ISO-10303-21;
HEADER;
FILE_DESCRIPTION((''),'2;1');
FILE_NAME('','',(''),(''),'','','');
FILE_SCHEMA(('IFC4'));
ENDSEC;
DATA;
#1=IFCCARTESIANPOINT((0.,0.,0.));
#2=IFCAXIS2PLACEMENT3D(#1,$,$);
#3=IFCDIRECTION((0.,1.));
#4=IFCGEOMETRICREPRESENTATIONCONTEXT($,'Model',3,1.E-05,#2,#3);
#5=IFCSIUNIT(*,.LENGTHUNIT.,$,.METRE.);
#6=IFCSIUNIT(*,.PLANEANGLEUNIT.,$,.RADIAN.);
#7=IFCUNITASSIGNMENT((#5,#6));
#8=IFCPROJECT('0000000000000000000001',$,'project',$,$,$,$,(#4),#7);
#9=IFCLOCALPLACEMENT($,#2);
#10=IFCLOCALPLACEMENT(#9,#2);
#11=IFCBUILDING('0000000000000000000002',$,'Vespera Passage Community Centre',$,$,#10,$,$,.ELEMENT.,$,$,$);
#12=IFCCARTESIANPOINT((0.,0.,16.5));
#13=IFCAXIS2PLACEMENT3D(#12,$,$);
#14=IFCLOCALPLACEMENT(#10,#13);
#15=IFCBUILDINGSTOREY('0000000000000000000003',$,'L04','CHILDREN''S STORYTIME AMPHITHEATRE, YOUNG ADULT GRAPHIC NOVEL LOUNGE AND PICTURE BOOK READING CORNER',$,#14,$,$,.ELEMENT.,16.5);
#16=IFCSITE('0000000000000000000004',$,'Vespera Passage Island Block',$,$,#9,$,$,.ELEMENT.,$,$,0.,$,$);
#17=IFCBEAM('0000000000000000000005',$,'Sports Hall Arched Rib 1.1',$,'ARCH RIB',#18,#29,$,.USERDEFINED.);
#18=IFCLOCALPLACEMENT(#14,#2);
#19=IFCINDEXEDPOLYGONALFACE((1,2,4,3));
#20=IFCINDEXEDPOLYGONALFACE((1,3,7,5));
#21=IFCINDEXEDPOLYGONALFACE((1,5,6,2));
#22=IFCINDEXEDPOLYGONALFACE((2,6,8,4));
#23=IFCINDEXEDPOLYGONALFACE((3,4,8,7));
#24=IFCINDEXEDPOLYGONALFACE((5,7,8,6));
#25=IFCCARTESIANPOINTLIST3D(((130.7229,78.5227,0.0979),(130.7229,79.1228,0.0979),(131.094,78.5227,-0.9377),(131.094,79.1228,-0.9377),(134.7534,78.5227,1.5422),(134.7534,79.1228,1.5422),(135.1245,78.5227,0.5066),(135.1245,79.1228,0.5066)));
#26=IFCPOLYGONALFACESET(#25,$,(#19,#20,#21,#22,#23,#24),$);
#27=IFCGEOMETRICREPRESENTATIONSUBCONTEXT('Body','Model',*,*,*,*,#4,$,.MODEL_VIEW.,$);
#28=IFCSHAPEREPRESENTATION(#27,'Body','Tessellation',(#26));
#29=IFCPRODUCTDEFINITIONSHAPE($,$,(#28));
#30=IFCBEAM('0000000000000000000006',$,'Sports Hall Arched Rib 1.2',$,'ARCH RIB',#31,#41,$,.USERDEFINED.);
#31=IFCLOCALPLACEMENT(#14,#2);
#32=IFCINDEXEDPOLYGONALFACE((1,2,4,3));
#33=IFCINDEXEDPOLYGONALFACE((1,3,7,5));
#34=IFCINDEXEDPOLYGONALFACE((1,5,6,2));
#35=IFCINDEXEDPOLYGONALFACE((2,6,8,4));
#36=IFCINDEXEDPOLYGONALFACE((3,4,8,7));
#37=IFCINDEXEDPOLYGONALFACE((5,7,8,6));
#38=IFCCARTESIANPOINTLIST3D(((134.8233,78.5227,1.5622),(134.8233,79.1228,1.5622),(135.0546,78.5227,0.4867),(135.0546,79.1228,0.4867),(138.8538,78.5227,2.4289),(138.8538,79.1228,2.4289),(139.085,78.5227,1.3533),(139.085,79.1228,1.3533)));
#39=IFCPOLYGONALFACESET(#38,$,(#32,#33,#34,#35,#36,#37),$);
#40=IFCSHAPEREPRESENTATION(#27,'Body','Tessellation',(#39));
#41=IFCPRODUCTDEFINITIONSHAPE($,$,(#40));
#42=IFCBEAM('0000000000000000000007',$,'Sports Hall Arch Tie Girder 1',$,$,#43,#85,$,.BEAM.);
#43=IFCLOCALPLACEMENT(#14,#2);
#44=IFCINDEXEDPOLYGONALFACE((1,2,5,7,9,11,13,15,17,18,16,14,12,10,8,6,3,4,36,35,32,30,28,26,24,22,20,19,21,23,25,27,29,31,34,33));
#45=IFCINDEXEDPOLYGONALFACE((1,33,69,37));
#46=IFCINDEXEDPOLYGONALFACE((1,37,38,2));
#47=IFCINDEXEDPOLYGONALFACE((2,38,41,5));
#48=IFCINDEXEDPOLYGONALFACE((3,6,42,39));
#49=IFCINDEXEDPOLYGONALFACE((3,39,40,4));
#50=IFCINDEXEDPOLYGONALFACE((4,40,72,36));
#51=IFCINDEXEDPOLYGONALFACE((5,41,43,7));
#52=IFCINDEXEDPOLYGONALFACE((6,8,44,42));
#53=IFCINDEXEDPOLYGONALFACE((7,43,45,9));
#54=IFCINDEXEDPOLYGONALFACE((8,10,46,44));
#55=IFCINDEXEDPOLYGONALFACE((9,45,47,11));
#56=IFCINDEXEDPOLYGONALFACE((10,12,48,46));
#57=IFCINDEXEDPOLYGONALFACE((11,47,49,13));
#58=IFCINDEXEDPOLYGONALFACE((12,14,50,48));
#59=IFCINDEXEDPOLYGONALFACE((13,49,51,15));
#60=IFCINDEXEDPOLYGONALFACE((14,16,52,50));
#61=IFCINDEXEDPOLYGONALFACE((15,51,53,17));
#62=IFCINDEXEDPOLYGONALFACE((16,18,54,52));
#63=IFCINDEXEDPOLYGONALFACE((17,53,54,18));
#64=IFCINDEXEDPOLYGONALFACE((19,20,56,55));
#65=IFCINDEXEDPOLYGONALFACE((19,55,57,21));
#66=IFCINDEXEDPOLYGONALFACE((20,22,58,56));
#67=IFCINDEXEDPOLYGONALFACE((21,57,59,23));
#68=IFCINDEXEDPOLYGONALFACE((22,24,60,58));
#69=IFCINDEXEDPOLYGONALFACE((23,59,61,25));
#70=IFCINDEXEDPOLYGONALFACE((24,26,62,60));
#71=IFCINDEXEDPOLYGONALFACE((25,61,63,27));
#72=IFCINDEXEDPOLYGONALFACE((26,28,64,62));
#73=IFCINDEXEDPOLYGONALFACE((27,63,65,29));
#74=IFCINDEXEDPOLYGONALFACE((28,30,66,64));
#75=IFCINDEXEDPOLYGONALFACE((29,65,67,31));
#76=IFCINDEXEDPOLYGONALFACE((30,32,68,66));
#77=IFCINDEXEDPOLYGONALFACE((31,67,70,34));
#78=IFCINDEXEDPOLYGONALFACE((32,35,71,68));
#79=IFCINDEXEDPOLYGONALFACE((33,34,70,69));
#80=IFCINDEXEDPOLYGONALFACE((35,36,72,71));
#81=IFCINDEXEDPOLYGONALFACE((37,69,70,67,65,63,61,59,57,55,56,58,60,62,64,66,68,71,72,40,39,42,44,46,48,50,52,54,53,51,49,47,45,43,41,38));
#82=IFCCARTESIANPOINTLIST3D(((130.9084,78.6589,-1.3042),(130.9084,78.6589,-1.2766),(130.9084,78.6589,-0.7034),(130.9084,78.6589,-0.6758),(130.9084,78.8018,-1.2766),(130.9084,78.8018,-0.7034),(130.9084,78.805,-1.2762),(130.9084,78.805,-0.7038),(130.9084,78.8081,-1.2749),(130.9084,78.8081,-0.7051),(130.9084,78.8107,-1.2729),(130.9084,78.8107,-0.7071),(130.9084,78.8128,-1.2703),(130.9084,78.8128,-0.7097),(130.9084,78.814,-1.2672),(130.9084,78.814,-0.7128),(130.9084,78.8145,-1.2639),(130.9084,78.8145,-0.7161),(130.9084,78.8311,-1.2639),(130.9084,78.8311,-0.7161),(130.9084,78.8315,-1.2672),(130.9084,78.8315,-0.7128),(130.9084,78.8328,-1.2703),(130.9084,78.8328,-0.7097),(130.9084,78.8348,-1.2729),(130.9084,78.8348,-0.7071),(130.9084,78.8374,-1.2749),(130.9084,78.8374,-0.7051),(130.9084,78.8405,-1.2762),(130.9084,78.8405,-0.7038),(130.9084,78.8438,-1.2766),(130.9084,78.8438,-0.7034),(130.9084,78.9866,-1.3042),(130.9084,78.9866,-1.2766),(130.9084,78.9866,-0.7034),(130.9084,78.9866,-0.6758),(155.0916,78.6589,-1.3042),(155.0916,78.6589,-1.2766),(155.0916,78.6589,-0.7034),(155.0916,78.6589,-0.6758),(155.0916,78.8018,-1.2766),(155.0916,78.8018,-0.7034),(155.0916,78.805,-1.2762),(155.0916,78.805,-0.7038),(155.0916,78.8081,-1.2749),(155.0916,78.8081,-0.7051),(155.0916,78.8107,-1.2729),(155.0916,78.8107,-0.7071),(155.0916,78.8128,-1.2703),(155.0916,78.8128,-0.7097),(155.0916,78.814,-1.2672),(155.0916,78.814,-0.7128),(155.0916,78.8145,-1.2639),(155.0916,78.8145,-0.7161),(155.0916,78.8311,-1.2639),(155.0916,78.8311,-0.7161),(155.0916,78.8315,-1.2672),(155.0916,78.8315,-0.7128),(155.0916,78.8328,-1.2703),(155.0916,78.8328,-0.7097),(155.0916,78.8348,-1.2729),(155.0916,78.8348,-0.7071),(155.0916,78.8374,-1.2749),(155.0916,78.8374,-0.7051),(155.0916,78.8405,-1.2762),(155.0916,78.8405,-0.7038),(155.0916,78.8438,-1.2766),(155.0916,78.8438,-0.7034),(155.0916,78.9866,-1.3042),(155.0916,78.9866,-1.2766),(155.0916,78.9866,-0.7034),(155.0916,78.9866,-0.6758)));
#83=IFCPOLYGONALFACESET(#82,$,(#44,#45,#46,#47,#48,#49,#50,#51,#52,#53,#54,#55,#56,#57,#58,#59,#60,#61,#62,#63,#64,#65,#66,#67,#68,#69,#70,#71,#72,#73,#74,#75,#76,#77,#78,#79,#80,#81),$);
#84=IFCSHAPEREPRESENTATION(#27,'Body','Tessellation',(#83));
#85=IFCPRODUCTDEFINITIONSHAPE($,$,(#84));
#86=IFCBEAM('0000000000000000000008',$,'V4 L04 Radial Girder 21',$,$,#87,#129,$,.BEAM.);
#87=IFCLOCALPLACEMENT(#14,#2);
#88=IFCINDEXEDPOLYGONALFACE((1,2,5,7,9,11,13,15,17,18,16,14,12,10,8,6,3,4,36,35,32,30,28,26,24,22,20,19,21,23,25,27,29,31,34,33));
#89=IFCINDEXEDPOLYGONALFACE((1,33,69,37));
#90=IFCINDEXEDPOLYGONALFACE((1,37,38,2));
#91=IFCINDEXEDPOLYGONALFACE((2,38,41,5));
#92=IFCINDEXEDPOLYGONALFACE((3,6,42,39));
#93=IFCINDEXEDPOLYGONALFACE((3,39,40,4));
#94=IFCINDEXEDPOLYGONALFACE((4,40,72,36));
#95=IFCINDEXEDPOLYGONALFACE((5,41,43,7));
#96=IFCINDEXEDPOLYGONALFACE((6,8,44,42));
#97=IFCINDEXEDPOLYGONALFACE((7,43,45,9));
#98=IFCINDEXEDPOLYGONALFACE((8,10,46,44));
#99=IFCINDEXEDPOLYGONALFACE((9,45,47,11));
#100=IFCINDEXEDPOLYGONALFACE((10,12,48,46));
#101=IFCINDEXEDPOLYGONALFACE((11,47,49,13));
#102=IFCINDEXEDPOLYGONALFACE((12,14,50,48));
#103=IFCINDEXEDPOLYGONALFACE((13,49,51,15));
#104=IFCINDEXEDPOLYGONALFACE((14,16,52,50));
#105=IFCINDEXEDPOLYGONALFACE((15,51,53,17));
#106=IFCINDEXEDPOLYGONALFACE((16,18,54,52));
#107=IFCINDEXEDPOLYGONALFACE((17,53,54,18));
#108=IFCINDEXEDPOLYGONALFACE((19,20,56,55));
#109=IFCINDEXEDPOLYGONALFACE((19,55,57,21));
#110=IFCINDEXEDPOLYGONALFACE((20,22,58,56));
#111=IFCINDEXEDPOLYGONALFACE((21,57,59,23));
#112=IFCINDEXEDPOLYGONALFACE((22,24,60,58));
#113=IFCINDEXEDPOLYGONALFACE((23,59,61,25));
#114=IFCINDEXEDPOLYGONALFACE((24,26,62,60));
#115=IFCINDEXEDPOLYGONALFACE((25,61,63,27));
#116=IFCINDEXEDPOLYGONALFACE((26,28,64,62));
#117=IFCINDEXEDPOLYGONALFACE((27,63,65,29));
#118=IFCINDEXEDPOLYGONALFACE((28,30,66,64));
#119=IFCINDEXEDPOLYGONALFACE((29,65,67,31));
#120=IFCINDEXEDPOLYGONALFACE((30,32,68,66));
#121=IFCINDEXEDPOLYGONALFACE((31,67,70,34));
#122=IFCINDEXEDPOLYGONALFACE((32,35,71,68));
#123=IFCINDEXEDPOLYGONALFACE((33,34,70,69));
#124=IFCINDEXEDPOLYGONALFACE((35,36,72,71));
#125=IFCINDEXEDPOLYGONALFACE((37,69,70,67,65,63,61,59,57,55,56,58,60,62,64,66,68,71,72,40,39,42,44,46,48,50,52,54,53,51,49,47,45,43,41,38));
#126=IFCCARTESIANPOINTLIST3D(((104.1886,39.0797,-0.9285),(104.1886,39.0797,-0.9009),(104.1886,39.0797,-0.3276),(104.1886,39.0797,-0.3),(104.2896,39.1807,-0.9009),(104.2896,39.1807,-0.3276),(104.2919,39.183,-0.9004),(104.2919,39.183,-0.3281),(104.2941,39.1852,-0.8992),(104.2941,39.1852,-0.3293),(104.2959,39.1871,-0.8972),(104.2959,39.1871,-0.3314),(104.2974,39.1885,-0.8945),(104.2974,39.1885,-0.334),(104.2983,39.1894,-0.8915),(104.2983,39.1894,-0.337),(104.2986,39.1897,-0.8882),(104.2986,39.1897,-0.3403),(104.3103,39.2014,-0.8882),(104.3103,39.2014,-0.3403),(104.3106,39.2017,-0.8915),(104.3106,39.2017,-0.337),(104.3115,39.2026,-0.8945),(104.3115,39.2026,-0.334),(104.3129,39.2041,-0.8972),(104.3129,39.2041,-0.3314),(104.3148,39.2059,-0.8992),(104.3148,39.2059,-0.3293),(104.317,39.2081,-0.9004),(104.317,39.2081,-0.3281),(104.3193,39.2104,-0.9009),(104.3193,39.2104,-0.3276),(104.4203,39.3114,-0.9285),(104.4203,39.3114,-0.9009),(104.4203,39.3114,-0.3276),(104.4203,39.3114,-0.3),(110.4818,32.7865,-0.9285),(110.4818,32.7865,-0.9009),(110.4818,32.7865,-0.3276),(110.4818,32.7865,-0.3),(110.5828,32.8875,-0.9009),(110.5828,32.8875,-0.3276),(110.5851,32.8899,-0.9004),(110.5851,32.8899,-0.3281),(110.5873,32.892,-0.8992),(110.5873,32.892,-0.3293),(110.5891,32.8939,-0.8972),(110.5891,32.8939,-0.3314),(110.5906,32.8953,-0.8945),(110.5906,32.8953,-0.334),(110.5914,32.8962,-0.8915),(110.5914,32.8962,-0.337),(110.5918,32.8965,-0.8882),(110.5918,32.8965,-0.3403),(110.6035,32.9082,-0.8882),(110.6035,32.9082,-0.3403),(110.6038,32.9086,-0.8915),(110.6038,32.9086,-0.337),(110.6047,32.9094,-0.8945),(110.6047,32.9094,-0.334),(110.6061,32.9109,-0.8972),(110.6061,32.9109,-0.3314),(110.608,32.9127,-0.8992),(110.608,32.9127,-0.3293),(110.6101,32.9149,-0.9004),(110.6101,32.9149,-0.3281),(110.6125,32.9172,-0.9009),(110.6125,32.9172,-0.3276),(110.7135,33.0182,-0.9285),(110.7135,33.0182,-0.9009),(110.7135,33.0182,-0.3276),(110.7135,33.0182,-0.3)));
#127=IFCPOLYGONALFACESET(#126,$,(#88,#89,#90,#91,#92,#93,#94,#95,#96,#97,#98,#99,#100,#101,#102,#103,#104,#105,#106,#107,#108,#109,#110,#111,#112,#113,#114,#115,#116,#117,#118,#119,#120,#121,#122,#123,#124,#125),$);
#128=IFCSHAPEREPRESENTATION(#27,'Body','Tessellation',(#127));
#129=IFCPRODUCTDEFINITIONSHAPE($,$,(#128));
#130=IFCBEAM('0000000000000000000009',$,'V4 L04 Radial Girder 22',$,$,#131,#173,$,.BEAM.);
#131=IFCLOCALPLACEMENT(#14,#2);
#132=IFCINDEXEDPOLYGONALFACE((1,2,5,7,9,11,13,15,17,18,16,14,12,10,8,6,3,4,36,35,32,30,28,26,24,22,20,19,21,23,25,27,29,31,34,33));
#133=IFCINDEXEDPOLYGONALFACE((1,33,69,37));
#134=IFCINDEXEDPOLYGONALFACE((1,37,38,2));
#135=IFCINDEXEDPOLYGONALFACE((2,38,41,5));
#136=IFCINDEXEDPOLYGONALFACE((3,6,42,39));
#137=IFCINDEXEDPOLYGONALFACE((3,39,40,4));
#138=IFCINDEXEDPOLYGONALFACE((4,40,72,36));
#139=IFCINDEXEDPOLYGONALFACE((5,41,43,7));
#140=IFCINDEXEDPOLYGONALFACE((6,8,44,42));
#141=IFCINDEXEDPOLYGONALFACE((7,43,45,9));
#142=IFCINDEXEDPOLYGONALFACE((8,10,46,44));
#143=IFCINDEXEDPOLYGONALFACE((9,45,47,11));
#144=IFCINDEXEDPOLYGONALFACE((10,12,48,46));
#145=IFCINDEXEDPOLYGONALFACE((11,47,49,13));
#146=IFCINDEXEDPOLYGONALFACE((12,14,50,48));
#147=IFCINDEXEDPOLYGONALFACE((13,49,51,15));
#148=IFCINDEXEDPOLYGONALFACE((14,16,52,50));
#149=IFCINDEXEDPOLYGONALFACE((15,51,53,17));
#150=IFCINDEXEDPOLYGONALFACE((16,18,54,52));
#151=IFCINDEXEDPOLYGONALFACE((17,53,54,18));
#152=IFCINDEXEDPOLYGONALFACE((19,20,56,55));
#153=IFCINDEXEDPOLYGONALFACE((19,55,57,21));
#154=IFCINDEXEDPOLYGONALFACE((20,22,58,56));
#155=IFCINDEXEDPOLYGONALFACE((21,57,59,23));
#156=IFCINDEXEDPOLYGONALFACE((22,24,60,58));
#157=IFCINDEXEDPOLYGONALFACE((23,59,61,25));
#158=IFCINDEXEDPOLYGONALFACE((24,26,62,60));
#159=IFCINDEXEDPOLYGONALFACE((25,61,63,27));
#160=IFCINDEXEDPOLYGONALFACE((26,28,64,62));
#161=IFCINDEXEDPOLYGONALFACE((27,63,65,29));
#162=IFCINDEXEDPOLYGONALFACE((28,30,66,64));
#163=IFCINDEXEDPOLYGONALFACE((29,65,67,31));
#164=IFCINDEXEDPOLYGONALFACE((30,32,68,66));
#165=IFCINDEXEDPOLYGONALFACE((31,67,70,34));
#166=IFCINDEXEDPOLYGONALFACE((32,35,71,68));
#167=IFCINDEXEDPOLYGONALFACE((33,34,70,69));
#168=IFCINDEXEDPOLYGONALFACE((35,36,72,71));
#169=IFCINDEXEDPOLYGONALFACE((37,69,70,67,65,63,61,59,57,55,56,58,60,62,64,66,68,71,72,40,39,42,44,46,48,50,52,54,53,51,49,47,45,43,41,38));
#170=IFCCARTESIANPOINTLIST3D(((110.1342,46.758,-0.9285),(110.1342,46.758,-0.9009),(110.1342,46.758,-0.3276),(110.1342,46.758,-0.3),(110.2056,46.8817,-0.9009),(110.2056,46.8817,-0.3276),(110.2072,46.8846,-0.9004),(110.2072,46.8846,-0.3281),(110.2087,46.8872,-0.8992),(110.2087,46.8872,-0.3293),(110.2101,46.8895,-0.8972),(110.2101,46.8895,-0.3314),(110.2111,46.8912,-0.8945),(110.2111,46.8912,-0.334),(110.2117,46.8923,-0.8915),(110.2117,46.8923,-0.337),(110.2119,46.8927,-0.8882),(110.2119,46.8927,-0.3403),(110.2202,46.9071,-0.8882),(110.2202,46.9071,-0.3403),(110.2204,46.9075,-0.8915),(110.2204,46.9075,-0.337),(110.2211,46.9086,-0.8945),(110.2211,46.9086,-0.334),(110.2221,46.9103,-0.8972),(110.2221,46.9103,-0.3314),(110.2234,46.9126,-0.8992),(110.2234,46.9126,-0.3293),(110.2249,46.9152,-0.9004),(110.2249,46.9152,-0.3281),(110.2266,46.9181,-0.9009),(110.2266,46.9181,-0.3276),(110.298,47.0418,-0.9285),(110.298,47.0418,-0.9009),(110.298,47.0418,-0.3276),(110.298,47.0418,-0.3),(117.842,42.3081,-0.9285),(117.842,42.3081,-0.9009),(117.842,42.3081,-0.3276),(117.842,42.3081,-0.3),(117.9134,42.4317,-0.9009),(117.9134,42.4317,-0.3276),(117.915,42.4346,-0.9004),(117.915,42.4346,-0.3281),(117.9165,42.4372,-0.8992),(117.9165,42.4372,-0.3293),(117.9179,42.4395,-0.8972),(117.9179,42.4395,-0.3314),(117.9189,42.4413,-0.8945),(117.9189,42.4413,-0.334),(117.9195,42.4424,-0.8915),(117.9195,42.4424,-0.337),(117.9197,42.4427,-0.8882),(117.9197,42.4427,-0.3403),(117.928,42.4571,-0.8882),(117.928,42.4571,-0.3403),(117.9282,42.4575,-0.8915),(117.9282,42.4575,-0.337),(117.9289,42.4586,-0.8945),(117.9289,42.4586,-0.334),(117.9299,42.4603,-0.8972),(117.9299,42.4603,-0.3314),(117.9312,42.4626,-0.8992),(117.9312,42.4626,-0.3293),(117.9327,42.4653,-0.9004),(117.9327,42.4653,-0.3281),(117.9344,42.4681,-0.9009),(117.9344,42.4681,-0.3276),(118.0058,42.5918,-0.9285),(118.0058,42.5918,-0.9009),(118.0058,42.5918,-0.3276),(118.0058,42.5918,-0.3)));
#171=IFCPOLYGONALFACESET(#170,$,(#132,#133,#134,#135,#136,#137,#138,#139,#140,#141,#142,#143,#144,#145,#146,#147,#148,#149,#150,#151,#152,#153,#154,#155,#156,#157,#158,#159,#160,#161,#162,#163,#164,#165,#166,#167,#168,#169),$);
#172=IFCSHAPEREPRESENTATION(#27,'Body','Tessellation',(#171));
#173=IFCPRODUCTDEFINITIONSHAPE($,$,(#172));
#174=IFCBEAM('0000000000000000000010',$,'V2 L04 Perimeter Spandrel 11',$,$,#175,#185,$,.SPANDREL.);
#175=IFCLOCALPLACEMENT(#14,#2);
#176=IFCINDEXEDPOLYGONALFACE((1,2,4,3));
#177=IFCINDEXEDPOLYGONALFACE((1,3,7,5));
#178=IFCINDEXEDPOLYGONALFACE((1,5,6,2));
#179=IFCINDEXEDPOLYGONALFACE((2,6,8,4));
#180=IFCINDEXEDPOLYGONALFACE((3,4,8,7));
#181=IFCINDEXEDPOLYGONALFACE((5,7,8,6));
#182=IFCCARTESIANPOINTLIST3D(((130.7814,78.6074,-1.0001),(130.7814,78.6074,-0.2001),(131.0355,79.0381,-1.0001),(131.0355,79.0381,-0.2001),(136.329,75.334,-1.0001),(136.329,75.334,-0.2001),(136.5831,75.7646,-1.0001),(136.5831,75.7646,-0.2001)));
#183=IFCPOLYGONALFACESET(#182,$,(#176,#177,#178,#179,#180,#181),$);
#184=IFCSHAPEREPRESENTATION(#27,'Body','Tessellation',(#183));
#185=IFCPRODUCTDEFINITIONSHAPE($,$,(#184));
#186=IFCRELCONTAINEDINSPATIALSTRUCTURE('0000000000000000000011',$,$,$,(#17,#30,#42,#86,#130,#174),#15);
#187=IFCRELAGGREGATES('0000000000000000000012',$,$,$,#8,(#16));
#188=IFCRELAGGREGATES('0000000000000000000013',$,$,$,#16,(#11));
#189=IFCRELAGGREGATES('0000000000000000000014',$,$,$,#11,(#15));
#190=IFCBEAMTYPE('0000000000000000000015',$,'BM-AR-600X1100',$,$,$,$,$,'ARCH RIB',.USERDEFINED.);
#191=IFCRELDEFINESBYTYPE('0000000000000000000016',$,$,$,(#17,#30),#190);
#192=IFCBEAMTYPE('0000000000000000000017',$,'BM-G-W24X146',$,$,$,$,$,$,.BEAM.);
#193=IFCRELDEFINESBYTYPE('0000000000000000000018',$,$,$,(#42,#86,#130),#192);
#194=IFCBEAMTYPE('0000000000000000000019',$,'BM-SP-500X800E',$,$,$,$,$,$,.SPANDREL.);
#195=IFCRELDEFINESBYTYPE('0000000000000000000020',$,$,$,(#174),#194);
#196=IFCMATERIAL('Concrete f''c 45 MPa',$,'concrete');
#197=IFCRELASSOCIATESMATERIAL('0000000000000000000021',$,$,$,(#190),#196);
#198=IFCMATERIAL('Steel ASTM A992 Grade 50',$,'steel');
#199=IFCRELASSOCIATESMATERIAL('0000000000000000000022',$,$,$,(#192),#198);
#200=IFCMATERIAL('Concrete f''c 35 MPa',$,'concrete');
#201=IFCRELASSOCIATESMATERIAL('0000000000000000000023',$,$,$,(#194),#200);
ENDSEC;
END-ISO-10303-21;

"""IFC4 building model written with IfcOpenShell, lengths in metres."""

from ifc_helpers import new_model, si_unit, direction, frame, origin, origin_2d, place, context, subcontext, project, spatial, rectangle, i_section, extrude, material, material_profile, profile_set, type_object, element, save


model = new_model("IFC4")

# Units and contexts
model_context = context("Model", 3, precision=1e-05, world=origin(), true_north=direction((0.0, 1.0)))
body_context = subcontext(model_context, "Body", "Model", "MODEL_VIEW")
ifc_project = project(units=[si_unit("LENGTHUNIT", "METRE"), si_unit("PLANEANGLEUNIT", "RADIAN")], contexts=[model_context])

# Site, building, storey
site_placement = place(None, origin())
site = spatial("IfcSite", under=ifc_project, at=site_placement, Name="Vespera Passage Island Block", CompositionType="ELEMENT", RefElevation=0.0)
building_placement = place(site_placement, origin())
building = spatial("IfcBuilding", under=site, at=building_placement, Name="Vespera Passage Community Centre", CompositionType="ELEMENT")
storey_placement = place(building_placement, frame((0.0, 0.0, 16.5)))
storey = spatial("IfcBuildingStorey", under=building, at=storey_placement, Name="L04", Description="CHILDREN'S STORYTIME AMPHITHEATRE, YOUNG ADULT GRAPHIC NOVEL LOUNGE AND PICTURE BOOK READING CORNER", CompositionType="ELEMENT", Elevation=16.5)

# Beams
ifc_material_1 = material(Name="Concrete f'c 45 MPa", Category="concrete")
ifc_material_profile_1 = material_profile(ifc_material_1, rectangle(XDim=0.6001, YDim=1.1001, at=origin_2d()), Name="RC600X1100")
ifc_profile_set_1 = profile_set([ifc_material_profile_1], Name="Concrete f'c 45 MPa")
beam_type_1 = type_object("IfcBeamType", Name="BM-AR-600X1100", ElementType="ARCH RIB", PredefinedType="USERDEFINED", material=ifc_profile_set_1)
beam_1_placement = place(storey_placement, frame((130.9084, 78.8228, -0.4199), z_axis=(0.941381, 0.0, 0.337344), x_axis=(0.0, 1.0, 0.0)))
element("IfcBeam", 1, at=beam_1_placement, inside=storey, type_object=beam_type_1, Name="Sports Hall Arched Rib 1.1", ObjectType="ARCH RIB", PredefinedType="USERDEFINED", context=body_context, shape_type="SweptSolid", body=[
    extrude(rectangle(XDim=0.6001, YDim=1.1001, at=origin_2d()), origin(), (0.0, 0.0, 1.0), 4.2815),
])
beam_2_placement = place(storey_placement, frame((134.939, 78.8228, 1.0244), z_axis=(0.977652, 0.0, 0.210229), x_axis=(0.0, 1.0, 0.0)))
element("IfcBeam", 2, at=beam_2_placement, inside=storey, type_object=beam_type_1, Name="Sports Hall Arched Rib 1.2", ObjectType="ARCH RIB", PredefinedType="USERDEFINED", context=body_context, shape_type="SweptSolid", body=[
    extrude(rectangle(XDim=0.6001, YDim=1.1001, at=origin_2d()), origin(), (0.0, 0.0, 1.0), 4.1226),
])
ifc_material_2 = material(Name="Steel ASTM A992 Grade 50", Category="steel")
ifc_material_profile_2 = material_profile(ifc_material_2, i_section(OverallWidth=0.3276, OverallDepth=0.6284, WebThickness=0.0166, FlangeThickness=0.0276, FilletRadius=0.0127, at=origin_2d()), Name="W24X146")
ifc_profile_set_2 = profile_set([ifc_material_profile_2], Name="Steel ASTM A992 Grade 50")
beam_type_2 = type_object("IfcBeamType", Name="BM-G-W24X146", PredefinedType="BEAM", material=ifc_profile_set_2)
beam_3_placement = place(storey_placement, frame((130.9084, 78.8228, -0.99), z_axis=(1.0, 0.0, 0.0), x_axis=(0.0, 1.0, 0.0)))
element("IfcBeam", 3, at=beam_3_placement, inside=storey, type_object=beam_type_2, Name="Sports Hall Arch Tie Girder 1", PredefinedType="BEAM", context=body_context, shape_type="SweptSolid", body=[
    extrude(i_section(OverallWidth=0.3276, OverallDepth=0.6284, WebThickness=0.0166, FlangeThickness=0.0276, FilletRadius=0.0127, at=origin_2d()), origin(), (0.0, 0.0, 1.0), 24.1831),
])
beam_4_placement = place(storey_placement, frame((104.3044, 39.1956, -0.6143), z_axis=(0.707107, -0.707107, 0.0), x_axis=(0.707107, 0.707107, 0.0)))
element("IfcBeam", 4, at=beam_4_placement, inside=storey, type_object=beam_type_2, Name="V4 L04 Radial Girder 21", PredefinedType="BEAM", context=body_context, shape_type="SweptSolid", body=[
    extrude(i_section(OverallWidth=0.3276, OverallDepth=0.6284, WebThickness=0.0166, FlangeThickness=0.0276, FilletRadius=0.0127, at=origin_2d()), origin(), (0.0, 0.0, 1.0), 8.8999),
])
beam_5_placement = place(storey_placement, frame((110.2161, 46.8999, -0.6143), z_axis=(0.866032, -0.499989, 0.0), x_axis=(0.499989, 0.866032, 0.0)))
element("IfcBeam", 5, at=beam_5_placement, inside=storey, type_object=beam_type_2, Name="V4 L04 Radial Girder 22", PredefinedType="BEAM", context=body_context, shape_type="SweptSolid", body=[
    extrude(i_section(OverallWidth=0.3276, OverallDepth=0.6284, WebThickness=0.0166, FlangeThickness=0.0276, FilletRadius=0.0127, at=origin_2d()), origin(), (0.0, 0.0, 1.0), 8.9001),
])
ifc_material_3 = material(Name="Concrete f'c 35 MPa", Category="concrete")
ifc_material_profile_3 = material_profile(ifc_material_3, rectangle(XDim=0.5, YDim=0.8, at=origin_2d()), Name="RC500X800")
ifc_profile_set_3 = profile_set([ifc_material_profile_3], Name="Concrete f'c 35 MPa")
beam_type_3 = type_object("IfcBeamType", Name="BM-SP-500X800E", PredefinedType="SPANDREL", material=ifc_profile_set_3)
beam_6_placement = place(storey_placement, frame((130.9084, 78.8228, -0.6001), z_axis=(0.861246, -0.508189, 0.0), x_axis=(0.508189, 0.861246, 0.0)))
element("IfcBeam", 6, at=beam_6_placement, inside=storey, type_object=beam_type_3, Name="V2 L04 Perimeter Spandrel 11", PredefinedType="SPANDREL", context=body_context, shape_type="SweptSolid", body=[
    extrude(rectangle(XDim=0.5, YDim=0.8, at=origin_2d()), origin(), (0.0, 0.0, 1.0), 6.4414),
])

save(model, "model.ifc")
